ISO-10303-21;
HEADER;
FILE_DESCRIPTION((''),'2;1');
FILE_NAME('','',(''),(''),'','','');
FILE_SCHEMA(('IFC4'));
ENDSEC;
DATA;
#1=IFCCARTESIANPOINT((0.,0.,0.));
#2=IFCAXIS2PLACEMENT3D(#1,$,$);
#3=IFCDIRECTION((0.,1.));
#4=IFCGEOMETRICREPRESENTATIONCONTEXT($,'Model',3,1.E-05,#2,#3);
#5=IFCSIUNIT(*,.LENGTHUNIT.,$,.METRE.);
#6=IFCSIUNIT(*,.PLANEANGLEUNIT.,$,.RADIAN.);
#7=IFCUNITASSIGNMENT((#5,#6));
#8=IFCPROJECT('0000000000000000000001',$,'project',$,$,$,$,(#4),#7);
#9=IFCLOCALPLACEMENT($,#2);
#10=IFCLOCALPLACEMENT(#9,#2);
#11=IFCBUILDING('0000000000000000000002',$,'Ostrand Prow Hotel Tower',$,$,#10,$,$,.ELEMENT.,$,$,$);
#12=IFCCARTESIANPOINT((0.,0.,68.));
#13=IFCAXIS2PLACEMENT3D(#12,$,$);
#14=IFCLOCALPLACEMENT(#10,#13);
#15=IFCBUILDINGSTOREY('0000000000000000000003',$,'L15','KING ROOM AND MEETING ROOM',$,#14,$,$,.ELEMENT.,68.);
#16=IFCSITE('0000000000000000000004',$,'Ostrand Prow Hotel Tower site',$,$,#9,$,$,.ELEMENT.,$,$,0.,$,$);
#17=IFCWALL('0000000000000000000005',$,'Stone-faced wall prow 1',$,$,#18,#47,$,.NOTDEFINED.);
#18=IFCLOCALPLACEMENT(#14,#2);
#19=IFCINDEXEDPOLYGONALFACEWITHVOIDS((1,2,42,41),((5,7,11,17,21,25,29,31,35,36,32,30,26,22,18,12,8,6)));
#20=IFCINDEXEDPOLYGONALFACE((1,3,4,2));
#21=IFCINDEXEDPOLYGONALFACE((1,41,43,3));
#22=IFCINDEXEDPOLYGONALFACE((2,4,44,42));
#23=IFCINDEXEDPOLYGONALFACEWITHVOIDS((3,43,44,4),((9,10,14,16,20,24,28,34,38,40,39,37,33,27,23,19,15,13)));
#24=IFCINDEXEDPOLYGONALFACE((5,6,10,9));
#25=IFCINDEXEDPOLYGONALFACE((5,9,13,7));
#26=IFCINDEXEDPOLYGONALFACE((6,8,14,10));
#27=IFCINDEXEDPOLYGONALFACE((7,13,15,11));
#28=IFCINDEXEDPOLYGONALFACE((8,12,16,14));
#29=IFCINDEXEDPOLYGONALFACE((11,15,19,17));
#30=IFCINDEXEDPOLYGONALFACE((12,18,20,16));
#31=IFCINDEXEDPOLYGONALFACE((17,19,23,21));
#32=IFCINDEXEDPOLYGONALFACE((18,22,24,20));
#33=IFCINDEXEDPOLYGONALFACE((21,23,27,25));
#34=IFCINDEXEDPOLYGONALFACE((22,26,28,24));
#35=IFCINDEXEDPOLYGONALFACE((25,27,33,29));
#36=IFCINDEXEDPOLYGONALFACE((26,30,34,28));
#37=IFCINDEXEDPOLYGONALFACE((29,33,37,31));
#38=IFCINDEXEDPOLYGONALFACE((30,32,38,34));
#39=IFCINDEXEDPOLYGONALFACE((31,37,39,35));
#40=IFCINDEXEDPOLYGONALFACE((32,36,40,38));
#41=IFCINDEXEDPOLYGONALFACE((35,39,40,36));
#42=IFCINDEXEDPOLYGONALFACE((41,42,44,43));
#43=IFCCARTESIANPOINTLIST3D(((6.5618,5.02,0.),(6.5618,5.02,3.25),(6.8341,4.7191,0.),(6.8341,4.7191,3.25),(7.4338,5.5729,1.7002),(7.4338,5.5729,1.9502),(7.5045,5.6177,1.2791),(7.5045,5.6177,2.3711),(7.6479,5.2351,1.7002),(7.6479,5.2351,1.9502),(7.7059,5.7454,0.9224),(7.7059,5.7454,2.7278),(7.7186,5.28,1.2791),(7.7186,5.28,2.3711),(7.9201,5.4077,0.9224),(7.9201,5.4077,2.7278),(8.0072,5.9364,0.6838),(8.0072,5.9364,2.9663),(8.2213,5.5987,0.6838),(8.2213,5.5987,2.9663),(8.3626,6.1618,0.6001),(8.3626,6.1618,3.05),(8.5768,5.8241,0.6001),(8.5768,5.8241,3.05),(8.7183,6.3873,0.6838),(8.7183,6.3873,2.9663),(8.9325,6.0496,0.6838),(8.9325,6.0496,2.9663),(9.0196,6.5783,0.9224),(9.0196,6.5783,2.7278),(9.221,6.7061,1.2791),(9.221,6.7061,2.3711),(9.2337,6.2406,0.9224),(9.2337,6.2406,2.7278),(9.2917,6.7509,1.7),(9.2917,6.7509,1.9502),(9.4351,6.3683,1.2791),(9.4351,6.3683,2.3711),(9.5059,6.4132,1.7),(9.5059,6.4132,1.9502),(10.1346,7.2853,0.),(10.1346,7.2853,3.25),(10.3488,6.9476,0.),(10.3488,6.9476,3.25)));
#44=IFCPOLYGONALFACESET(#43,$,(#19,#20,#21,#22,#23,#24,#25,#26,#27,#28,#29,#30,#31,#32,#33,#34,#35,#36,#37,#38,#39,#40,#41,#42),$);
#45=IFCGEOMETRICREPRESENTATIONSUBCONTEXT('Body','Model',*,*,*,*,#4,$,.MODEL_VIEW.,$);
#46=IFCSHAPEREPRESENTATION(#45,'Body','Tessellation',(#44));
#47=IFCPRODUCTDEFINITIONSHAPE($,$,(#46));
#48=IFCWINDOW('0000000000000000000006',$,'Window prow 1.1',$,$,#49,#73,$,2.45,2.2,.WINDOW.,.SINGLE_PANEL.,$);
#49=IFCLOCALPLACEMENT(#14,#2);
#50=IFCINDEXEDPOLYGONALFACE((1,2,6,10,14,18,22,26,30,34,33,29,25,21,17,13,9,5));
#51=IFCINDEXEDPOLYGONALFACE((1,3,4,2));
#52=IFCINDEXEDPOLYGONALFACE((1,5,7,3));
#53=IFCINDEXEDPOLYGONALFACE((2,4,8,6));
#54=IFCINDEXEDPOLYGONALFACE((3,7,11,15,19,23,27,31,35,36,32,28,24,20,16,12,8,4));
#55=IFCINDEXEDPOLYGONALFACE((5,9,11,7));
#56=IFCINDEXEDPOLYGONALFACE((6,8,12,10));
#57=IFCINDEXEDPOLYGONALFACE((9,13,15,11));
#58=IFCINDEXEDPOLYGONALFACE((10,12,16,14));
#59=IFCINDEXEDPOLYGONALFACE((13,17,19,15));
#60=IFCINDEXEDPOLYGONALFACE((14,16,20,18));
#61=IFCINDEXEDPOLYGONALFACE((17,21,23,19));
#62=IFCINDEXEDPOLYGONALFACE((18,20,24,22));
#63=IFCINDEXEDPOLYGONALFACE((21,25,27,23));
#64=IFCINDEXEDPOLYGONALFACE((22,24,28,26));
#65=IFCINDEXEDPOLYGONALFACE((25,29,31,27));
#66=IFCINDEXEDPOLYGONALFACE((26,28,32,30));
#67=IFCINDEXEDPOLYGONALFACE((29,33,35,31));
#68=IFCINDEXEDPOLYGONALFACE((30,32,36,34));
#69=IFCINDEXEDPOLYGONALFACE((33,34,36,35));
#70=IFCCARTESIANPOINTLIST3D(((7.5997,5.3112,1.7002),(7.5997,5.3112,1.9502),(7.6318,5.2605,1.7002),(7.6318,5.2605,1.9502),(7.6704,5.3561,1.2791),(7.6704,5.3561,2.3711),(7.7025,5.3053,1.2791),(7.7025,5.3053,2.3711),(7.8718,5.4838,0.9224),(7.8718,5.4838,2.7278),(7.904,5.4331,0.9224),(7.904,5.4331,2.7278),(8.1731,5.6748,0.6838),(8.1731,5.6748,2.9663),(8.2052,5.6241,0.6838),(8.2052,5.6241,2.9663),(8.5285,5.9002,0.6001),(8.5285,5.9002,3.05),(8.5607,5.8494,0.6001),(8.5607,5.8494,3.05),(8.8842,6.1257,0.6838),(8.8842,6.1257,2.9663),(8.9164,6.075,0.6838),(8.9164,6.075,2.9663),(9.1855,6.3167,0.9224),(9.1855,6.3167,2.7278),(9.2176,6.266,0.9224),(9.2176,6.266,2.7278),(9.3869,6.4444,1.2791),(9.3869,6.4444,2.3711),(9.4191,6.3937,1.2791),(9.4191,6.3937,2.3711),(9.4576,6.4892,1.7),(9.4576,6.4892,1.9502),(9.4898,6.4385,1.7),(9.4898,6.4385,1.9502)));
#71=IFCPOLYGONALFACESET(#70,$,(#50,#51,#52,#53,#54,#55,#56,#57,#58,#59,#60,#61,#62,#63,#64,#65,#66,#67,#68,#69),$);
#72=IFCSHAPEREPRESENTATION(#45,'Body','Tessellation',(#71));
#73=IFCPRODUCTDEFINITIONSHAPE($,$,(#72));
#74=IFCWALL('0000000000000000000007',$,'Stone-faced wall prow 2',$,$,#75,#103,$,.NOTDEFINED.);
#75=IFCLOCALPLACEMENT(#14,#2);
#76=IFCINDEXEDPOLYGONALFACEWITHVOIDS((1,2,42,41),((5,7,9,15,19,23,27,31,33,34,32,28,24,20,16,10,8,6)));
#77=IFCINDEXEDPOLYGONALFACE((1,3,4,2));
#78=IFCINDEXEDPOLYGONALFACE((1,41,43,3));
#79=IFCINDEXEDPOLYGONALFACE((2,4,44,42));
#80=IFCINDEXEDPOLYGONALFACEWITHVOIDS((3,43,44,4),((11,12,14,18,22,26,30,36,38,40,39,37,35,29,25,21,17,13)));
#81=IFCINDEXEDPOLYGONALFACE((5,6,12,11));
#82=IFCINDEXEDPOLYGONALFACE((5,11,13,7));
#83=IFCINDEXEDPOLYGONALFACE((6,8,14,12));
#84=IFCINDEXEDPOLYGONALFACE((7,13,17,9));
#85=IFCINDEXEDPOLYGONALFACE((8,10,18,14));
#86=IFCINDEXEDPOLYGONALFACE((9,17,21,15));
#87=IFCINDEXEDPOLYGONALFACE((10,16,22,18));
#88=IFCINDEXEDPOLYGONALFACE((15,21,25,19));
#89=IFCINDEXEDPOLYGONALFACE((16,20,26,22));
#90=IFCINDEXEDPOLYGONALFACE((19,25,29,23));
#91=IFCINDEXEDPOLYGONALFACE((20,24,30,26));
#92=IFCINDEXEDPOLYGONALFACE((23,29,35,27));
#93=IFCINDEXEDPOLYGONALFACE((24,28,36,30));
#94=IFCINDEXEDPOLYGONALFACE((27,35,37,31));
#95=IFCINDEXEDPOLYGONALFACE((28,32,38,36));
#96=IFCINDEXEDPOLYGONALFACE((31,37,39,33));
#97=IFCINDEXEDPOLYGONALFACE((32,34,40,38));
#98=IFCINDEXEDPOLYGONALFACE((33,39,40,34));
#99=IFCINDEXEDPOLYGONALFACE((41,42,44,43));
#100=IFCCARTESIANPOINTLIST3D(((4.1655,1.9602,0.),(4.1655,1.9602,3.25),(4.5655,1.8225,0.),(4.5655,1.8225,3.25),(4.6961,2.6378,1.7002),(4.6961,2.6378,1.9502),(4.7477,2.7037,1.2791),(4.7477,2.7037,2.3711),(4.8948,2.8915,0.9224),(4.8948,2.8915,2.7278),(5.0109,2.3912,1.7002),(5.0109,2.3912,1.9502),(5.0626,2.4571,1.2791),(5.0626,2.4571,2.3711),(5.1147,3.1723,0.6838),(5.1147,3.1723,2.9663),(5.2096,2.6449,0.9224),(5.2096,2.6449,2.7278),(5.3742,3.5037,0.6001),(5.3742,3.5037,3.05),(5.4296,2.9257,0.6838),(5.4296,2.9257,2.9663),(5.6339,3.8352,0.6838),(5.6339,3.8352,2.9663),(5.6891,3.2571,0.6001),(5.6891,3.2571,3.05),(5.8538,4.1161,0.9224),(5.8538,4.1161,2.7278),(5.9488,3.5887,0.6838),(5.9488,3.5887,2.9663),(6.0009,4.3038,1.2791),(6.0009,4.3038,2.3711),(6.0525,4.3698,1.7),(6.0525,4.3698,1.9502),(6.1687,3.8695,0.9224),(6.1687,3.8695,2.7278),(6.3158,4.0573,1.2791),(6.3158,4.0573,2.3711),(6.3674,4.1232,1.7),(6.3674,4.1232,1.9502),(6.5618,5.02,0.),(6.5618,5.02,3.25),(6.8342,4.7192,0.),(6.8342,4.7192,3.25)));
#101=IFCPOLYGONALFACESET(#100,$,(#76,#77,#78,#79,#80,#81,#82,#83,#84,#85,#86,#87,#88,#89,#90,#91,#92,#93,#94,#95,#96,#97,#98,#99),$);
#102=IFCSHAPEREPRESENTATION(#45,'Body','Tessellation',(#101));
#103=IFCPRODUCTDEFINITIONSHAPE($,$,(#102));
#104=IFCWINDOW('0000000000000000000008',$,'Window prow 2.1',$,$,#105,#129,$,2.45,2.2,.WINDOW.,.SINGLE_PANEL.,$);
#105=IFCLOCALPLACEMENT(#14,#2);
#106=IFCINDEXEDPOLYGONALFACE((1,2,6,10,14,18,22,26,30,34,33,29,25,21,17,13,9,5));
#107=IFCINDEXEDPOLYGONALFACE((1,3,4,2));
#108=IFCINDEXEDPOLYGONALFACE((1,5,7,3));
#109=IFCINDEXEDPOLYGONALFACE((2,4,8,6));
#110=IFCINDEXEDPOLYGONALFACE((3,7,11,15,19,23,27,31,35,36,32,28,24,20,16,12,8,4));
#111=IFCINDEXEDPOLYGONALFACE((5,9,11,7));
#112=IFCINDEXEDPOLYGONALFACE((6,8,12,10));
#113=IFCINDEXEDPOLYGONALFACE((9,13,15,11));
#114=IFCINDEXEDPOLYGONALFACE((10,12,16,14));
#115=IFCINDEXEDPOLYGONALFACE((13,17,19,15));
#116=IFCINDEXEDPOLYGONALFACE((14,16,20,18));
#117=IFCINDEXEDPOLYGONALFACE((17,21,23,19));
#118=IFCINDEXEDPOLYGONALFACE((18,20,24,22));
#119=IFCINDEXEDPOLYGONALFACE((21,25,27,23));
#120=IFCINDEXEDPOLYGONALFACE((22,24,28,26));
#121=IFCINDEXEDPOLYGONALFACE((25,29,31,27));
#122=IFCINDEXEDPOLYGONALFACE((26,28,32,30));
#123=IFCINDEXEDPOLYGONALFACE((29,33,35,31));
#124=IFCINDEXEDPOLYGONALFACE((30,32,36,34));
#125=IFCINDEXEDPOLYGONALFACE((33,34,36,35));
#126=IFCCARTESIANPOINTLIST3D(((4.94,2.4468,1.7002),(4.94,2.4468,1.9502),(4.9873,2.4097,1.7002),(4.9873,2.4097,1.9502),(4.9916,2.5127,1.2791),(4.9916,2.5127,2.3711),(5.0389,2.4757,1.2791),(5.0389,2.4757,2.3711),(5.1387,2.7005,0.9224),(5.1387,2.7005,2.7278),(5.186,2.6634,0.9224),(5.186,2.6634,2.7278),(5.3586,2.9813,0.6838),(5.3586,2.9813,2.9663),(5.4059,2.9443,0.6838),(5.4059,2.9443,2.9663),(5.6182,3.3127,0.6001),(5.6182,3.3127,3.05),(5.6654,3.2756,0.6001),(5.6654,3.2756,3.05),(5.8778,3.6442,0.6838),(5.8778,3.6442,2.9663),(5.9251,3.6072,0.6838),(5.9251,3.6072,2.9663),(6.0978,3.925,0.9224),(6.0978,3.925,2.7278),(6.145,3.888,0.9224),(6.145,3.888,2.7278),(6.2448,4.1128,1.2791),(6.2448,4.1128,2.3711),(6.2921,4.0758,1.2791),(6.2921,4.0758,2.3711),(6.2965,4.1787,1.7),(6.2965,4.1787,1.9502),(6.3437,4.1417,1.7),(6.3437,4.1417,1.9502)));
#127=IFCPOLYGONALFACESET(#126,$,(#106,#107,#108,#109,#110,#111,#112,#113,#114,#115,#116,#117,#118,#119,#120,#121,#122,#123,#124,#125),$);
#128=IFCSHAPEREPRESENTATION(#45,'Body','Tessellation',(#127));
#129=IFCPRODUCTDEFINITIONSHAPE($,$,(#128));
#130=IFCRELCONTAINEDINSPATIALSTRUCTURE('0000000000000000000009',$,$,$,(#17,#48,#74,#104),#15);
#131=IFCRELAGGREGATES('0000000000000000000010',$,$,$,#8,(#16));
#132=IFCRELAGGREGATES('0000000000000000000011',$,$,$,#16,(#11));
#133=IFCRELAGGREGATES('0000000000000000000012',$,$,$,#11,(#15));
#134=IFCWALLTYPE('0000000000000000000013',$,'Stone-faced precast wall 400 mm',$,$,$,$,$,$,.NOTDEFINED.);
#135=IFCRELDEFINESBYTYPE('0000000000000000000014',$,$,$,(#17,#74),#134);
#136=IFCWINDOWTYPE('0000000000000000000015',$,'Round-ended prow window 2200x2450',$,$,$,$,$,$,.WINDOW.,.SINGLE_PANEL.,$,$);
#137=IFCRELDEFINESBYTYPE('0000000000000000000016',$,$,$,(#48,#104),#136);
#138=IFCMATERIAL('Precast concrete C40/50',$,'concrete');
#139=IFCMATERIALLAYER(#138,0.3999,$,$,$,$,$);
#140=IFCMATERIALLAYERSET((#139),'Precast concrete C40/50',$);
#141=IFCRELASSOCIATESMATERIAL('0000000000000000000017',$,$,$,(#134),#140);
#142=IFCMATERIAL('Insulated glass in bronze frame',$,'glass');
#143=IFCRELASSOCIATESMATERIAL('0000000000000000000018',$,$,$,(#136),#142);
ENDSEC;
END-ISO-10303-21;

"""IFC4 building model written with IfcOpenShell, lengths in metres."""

from ifc_helpers import new_model, si_unit, direction, frame, origin, place, context, subcontext, project, spatial, polyline, outline, extrude, material, layer, layer_set, type_object, element, fill, save


model = new_model("IFC4")

# Units and contexts
model_context = context("Model", 3, precision=1e-05, world=origin(), true_north=direction((0.0, 1.0)))
body_context = subcontext(model_context, "Body", "Model", "MODEL_VIEW")
ifc_project = project(units=[si_unit("LENGTHUNIT", "METRE"), si_unit("PLANEANGLEUNIT", "RADIAN")], contexts=[model_context])

# Site, building, storey
site_placement = place(None, origin())
site = spatial("IfcSite", under=ifc_project, at=site_placement, Name="Ostrand Prow Hotel Tower site", CompositionType="ELEMENT", RefElevation=0.0)
building_placement = place(site_placement, origin())
building = spatial("IfcBuilding", under=site, at=building_placement, Name="Ostrand Prow Hotel Tower", CompositionType="ELEMENT")
storey_placement = place(building_placement, frame((0.0, 0.0, 68.0)))
storey = spatial("IfcBuildingStorey", under=building, at=storey_placement, Name="L15", Description="KING ROOM AND MEETING ROOM", CompositionType="ELEMENT", Elevation=68.0)

# Walls, openings, windows
ifc_material_1 = material(Name="Precast concrete C40/50", Category="concrete")
ifc_layer_1 = layer(ifc_material_1, 0.3999)
ifc_layer_set_1 = layer_set([ifc_layer_1], Name="Precast concrete C40/50")
wall_type_1 = type_object("IfcWallType", Name="Stone-faced precast wall 400 mm", PredefinedType="NOTDEFINED", material=ifc_layer_set_1)
wall_1_placement = place(storey_placement, frame((10.2417, 7.1165, 0.0), z_axis=(0.0, 0.0, 1.0), x_axis=(-0.844552, -0.535474, 0.0)))
wall_1 = element("IfcWall", 1, at=wall_1_placement, inside=storey, type_object=wall_type_1, Name="Stone-faced wall prow 1", PredefinedType="NOTDEFINED", context=body_context, shape_type="SweptSolid", body=[
    extrude(outline(polyline([(0.0, -0.2), (4.2305, -0.2), (4.1616, 0.2), (0.0, 0.2), (0.0, -0.2)])), origin(), (0.0, 0.0, 1.0), 3.25),
])
opening_1_placement = place(wall_1_placement, frame((0.998, 0.0, 0.6001)))
opening_1 = element("IfcOpeningElement", 2, at=opening_1_placement, cuts=wall_1, PredefinedType="OPENING", context=body_context, shape_type="SweptSolid", body=[
    extrude(outline(polyline([(0.0, 1.3501), (0.0837, 1.771), (0.3223, 2.1277), (0.679, 2.3662), (1.1001, 2.45), (1.521, 2.3662), (1.8777, 2.1277), (2.1162, 1.771), (2.2, 1.3501), (2.2, 1.1001), (2.1162, 0.679), (1.8777, 0.3223), (1.521, 0.0837), (1.1001, 0.0), (0.679, 0.0837), (0.3223, 0.3223), (0.0837, 0.679), (0.0, 1.0999), (0.0, 1.3501)])), frame((0.0, 0.21, 0.0), z_axis=(0.0, -1.0, 0.0), x_axis=(1.0, 0.0, 0.0)), (0.0, 0.0, 1.0), 0.4199),
])
ifc_material_2 = material(Name="Insulated glass in bronze frame", Category="glass")
window_type = type_object("IfcWindowType", Name="Round-ended prow window 2200x2450", PartitioningType="SINGLE_PANEL", PredefinedType="WINDOW", material=ifc_material_2)
window_1_placement = place(opening_1_placement, origin())
window_1 = element("IfcWindow", 3, at=window_1_placement, inside=storey, type_object=window_type, Name="Window prow 1.1", OverallHeight=2.45, OverallWidth=2.2, PartitioningType="SINGLE_PANEL", PredefinedType="WINDOW", context=body_context, shape_type="SweptSolid", body=[
    extrude(outline(polyline([(0.0, 1.3501), (0.0837, 1.771), (0.3223, 2.1277), (0.679, 2.3662), (1.1001, 2.45), (1.521, 2.3662), (1.8777, 2.1277), (2.1162, 1.771), (2.2, 1.3501), (2.2, 1.1001), (2.1162, 0.679), (1.8777, 0.3223), (1.521, 0.0837), (1.1001, 0.0), (0.679, 0.0837), (0.3223, 0.3223), (0.0837, 0.679), (0.0, 1.0999), (0.0, 1.3501)])), frame((0.0, 0.1699, 0.0), z_axis=(0.0, -1.0, 0.0), x_axis=(1.0, 0.0, 0.0)), (0.0, 0.0, 1.0), 0.0601),
])
fill(opening_1, window_1)
wall_2_placement = place(storey_placement, frame((6.698, 4.8696, 0.0), z_axis=(0.0, 0.0, 1.0), x_axis=(-0.616587, -0.787287, 0.0)))
wall_2 = element("IfcWall", 4, at=wall_2_placement, inside=storey, type_object=wall_type_1, Name="Stone-faced wall prow 2", PredefinedType="NOTDEFINED", context=body_context, shape_type="SweptSolid", body=[
    extrude(outline(polyline([(-0.0344, -0.2), (3.8521, -0.2), (3.7139, 0.2), (0.0344, 0.2), (-0.0344, -0.2)])), origin(), (0.0, 0.0, 1.0), 3.25),
])
opening_2_placement = place(wall_2_placement, frame((0.7915, 0.0, 0.6001)))
opening_2 = element("IfcOpeningElement", 5, at=opening_2_placement, cuts=wall_2, PredefinedType="OPENING", context=body_context, shape_type="SweptSolid", body=[
    extrude(outline(polyline([(0.0, 1.3501), (0.0837, 1.771), (0.3223, 2.1277), (0.679, 2.3662), (1.1001, 2.45), (1.521, 2.3662), (1.8777, 2.1277), (2.1162, 1.771), (2.2, 1.3501), (2.2, 1.1001), (2.1162, 0.679), (1.8777, 0.3223), (1.521, 0.0837), (1.1001, 0.0), (0.679, 0.0837), (0.3223, 0.3223), (0.0837, 0.679), (0.0, 1.0999), (0.0, 1.3501)])), frame((0.0, 0.21, 0.0), z_axis=(0.0, -1.0, 0.0), x_axis=(1.0, 0.0, 0.0)), (0.0, 0.0, 1.0), 0.4199),
])
window_2_placement = place(opening_2_placement, origin())
window_2 = element("IfcWindow", 6, at=window_2_placement, inside=storey, type_object=window_type, Name="Window prow 2.1", OverallHeight=2.45, OverallWidth=2.2, PartitioningType="SINGLE_PANEL", PredefinedType="WINDOW", context=body_context, shape_type="SweptSolid", body=[
    extrude(outline(polyline([(0.0, 1.3501), (0.0837, 1.771), (0.3223, 2.1277), (0.679, 2.3662), (1.1001, 2.45), (1.521, 2.3662), (1.8777, 2.1277), (2.1162, 1.771), (2.2, 1.3501), (2.2, 1.1001), (2.1162, 0.679), (1.8777, 0.3223), (1.521, 0.0837), (1.1001, 0.0), (0.679, 0.0837), (0.3223, 0.3223), (0.0837, 0.679), (0.0, 1.0999), (0.0, 1.3501)])), frame((0.0, 0.1699, 0.0), z_axis=(0.0, -1.0, 0.0), x_axis=(1.0, 0.0, 0.0)), (0.0, 0.0, 1.0), 0.0601),
])
fill(opening_2, window_2)

save(model, "model.ifc")
